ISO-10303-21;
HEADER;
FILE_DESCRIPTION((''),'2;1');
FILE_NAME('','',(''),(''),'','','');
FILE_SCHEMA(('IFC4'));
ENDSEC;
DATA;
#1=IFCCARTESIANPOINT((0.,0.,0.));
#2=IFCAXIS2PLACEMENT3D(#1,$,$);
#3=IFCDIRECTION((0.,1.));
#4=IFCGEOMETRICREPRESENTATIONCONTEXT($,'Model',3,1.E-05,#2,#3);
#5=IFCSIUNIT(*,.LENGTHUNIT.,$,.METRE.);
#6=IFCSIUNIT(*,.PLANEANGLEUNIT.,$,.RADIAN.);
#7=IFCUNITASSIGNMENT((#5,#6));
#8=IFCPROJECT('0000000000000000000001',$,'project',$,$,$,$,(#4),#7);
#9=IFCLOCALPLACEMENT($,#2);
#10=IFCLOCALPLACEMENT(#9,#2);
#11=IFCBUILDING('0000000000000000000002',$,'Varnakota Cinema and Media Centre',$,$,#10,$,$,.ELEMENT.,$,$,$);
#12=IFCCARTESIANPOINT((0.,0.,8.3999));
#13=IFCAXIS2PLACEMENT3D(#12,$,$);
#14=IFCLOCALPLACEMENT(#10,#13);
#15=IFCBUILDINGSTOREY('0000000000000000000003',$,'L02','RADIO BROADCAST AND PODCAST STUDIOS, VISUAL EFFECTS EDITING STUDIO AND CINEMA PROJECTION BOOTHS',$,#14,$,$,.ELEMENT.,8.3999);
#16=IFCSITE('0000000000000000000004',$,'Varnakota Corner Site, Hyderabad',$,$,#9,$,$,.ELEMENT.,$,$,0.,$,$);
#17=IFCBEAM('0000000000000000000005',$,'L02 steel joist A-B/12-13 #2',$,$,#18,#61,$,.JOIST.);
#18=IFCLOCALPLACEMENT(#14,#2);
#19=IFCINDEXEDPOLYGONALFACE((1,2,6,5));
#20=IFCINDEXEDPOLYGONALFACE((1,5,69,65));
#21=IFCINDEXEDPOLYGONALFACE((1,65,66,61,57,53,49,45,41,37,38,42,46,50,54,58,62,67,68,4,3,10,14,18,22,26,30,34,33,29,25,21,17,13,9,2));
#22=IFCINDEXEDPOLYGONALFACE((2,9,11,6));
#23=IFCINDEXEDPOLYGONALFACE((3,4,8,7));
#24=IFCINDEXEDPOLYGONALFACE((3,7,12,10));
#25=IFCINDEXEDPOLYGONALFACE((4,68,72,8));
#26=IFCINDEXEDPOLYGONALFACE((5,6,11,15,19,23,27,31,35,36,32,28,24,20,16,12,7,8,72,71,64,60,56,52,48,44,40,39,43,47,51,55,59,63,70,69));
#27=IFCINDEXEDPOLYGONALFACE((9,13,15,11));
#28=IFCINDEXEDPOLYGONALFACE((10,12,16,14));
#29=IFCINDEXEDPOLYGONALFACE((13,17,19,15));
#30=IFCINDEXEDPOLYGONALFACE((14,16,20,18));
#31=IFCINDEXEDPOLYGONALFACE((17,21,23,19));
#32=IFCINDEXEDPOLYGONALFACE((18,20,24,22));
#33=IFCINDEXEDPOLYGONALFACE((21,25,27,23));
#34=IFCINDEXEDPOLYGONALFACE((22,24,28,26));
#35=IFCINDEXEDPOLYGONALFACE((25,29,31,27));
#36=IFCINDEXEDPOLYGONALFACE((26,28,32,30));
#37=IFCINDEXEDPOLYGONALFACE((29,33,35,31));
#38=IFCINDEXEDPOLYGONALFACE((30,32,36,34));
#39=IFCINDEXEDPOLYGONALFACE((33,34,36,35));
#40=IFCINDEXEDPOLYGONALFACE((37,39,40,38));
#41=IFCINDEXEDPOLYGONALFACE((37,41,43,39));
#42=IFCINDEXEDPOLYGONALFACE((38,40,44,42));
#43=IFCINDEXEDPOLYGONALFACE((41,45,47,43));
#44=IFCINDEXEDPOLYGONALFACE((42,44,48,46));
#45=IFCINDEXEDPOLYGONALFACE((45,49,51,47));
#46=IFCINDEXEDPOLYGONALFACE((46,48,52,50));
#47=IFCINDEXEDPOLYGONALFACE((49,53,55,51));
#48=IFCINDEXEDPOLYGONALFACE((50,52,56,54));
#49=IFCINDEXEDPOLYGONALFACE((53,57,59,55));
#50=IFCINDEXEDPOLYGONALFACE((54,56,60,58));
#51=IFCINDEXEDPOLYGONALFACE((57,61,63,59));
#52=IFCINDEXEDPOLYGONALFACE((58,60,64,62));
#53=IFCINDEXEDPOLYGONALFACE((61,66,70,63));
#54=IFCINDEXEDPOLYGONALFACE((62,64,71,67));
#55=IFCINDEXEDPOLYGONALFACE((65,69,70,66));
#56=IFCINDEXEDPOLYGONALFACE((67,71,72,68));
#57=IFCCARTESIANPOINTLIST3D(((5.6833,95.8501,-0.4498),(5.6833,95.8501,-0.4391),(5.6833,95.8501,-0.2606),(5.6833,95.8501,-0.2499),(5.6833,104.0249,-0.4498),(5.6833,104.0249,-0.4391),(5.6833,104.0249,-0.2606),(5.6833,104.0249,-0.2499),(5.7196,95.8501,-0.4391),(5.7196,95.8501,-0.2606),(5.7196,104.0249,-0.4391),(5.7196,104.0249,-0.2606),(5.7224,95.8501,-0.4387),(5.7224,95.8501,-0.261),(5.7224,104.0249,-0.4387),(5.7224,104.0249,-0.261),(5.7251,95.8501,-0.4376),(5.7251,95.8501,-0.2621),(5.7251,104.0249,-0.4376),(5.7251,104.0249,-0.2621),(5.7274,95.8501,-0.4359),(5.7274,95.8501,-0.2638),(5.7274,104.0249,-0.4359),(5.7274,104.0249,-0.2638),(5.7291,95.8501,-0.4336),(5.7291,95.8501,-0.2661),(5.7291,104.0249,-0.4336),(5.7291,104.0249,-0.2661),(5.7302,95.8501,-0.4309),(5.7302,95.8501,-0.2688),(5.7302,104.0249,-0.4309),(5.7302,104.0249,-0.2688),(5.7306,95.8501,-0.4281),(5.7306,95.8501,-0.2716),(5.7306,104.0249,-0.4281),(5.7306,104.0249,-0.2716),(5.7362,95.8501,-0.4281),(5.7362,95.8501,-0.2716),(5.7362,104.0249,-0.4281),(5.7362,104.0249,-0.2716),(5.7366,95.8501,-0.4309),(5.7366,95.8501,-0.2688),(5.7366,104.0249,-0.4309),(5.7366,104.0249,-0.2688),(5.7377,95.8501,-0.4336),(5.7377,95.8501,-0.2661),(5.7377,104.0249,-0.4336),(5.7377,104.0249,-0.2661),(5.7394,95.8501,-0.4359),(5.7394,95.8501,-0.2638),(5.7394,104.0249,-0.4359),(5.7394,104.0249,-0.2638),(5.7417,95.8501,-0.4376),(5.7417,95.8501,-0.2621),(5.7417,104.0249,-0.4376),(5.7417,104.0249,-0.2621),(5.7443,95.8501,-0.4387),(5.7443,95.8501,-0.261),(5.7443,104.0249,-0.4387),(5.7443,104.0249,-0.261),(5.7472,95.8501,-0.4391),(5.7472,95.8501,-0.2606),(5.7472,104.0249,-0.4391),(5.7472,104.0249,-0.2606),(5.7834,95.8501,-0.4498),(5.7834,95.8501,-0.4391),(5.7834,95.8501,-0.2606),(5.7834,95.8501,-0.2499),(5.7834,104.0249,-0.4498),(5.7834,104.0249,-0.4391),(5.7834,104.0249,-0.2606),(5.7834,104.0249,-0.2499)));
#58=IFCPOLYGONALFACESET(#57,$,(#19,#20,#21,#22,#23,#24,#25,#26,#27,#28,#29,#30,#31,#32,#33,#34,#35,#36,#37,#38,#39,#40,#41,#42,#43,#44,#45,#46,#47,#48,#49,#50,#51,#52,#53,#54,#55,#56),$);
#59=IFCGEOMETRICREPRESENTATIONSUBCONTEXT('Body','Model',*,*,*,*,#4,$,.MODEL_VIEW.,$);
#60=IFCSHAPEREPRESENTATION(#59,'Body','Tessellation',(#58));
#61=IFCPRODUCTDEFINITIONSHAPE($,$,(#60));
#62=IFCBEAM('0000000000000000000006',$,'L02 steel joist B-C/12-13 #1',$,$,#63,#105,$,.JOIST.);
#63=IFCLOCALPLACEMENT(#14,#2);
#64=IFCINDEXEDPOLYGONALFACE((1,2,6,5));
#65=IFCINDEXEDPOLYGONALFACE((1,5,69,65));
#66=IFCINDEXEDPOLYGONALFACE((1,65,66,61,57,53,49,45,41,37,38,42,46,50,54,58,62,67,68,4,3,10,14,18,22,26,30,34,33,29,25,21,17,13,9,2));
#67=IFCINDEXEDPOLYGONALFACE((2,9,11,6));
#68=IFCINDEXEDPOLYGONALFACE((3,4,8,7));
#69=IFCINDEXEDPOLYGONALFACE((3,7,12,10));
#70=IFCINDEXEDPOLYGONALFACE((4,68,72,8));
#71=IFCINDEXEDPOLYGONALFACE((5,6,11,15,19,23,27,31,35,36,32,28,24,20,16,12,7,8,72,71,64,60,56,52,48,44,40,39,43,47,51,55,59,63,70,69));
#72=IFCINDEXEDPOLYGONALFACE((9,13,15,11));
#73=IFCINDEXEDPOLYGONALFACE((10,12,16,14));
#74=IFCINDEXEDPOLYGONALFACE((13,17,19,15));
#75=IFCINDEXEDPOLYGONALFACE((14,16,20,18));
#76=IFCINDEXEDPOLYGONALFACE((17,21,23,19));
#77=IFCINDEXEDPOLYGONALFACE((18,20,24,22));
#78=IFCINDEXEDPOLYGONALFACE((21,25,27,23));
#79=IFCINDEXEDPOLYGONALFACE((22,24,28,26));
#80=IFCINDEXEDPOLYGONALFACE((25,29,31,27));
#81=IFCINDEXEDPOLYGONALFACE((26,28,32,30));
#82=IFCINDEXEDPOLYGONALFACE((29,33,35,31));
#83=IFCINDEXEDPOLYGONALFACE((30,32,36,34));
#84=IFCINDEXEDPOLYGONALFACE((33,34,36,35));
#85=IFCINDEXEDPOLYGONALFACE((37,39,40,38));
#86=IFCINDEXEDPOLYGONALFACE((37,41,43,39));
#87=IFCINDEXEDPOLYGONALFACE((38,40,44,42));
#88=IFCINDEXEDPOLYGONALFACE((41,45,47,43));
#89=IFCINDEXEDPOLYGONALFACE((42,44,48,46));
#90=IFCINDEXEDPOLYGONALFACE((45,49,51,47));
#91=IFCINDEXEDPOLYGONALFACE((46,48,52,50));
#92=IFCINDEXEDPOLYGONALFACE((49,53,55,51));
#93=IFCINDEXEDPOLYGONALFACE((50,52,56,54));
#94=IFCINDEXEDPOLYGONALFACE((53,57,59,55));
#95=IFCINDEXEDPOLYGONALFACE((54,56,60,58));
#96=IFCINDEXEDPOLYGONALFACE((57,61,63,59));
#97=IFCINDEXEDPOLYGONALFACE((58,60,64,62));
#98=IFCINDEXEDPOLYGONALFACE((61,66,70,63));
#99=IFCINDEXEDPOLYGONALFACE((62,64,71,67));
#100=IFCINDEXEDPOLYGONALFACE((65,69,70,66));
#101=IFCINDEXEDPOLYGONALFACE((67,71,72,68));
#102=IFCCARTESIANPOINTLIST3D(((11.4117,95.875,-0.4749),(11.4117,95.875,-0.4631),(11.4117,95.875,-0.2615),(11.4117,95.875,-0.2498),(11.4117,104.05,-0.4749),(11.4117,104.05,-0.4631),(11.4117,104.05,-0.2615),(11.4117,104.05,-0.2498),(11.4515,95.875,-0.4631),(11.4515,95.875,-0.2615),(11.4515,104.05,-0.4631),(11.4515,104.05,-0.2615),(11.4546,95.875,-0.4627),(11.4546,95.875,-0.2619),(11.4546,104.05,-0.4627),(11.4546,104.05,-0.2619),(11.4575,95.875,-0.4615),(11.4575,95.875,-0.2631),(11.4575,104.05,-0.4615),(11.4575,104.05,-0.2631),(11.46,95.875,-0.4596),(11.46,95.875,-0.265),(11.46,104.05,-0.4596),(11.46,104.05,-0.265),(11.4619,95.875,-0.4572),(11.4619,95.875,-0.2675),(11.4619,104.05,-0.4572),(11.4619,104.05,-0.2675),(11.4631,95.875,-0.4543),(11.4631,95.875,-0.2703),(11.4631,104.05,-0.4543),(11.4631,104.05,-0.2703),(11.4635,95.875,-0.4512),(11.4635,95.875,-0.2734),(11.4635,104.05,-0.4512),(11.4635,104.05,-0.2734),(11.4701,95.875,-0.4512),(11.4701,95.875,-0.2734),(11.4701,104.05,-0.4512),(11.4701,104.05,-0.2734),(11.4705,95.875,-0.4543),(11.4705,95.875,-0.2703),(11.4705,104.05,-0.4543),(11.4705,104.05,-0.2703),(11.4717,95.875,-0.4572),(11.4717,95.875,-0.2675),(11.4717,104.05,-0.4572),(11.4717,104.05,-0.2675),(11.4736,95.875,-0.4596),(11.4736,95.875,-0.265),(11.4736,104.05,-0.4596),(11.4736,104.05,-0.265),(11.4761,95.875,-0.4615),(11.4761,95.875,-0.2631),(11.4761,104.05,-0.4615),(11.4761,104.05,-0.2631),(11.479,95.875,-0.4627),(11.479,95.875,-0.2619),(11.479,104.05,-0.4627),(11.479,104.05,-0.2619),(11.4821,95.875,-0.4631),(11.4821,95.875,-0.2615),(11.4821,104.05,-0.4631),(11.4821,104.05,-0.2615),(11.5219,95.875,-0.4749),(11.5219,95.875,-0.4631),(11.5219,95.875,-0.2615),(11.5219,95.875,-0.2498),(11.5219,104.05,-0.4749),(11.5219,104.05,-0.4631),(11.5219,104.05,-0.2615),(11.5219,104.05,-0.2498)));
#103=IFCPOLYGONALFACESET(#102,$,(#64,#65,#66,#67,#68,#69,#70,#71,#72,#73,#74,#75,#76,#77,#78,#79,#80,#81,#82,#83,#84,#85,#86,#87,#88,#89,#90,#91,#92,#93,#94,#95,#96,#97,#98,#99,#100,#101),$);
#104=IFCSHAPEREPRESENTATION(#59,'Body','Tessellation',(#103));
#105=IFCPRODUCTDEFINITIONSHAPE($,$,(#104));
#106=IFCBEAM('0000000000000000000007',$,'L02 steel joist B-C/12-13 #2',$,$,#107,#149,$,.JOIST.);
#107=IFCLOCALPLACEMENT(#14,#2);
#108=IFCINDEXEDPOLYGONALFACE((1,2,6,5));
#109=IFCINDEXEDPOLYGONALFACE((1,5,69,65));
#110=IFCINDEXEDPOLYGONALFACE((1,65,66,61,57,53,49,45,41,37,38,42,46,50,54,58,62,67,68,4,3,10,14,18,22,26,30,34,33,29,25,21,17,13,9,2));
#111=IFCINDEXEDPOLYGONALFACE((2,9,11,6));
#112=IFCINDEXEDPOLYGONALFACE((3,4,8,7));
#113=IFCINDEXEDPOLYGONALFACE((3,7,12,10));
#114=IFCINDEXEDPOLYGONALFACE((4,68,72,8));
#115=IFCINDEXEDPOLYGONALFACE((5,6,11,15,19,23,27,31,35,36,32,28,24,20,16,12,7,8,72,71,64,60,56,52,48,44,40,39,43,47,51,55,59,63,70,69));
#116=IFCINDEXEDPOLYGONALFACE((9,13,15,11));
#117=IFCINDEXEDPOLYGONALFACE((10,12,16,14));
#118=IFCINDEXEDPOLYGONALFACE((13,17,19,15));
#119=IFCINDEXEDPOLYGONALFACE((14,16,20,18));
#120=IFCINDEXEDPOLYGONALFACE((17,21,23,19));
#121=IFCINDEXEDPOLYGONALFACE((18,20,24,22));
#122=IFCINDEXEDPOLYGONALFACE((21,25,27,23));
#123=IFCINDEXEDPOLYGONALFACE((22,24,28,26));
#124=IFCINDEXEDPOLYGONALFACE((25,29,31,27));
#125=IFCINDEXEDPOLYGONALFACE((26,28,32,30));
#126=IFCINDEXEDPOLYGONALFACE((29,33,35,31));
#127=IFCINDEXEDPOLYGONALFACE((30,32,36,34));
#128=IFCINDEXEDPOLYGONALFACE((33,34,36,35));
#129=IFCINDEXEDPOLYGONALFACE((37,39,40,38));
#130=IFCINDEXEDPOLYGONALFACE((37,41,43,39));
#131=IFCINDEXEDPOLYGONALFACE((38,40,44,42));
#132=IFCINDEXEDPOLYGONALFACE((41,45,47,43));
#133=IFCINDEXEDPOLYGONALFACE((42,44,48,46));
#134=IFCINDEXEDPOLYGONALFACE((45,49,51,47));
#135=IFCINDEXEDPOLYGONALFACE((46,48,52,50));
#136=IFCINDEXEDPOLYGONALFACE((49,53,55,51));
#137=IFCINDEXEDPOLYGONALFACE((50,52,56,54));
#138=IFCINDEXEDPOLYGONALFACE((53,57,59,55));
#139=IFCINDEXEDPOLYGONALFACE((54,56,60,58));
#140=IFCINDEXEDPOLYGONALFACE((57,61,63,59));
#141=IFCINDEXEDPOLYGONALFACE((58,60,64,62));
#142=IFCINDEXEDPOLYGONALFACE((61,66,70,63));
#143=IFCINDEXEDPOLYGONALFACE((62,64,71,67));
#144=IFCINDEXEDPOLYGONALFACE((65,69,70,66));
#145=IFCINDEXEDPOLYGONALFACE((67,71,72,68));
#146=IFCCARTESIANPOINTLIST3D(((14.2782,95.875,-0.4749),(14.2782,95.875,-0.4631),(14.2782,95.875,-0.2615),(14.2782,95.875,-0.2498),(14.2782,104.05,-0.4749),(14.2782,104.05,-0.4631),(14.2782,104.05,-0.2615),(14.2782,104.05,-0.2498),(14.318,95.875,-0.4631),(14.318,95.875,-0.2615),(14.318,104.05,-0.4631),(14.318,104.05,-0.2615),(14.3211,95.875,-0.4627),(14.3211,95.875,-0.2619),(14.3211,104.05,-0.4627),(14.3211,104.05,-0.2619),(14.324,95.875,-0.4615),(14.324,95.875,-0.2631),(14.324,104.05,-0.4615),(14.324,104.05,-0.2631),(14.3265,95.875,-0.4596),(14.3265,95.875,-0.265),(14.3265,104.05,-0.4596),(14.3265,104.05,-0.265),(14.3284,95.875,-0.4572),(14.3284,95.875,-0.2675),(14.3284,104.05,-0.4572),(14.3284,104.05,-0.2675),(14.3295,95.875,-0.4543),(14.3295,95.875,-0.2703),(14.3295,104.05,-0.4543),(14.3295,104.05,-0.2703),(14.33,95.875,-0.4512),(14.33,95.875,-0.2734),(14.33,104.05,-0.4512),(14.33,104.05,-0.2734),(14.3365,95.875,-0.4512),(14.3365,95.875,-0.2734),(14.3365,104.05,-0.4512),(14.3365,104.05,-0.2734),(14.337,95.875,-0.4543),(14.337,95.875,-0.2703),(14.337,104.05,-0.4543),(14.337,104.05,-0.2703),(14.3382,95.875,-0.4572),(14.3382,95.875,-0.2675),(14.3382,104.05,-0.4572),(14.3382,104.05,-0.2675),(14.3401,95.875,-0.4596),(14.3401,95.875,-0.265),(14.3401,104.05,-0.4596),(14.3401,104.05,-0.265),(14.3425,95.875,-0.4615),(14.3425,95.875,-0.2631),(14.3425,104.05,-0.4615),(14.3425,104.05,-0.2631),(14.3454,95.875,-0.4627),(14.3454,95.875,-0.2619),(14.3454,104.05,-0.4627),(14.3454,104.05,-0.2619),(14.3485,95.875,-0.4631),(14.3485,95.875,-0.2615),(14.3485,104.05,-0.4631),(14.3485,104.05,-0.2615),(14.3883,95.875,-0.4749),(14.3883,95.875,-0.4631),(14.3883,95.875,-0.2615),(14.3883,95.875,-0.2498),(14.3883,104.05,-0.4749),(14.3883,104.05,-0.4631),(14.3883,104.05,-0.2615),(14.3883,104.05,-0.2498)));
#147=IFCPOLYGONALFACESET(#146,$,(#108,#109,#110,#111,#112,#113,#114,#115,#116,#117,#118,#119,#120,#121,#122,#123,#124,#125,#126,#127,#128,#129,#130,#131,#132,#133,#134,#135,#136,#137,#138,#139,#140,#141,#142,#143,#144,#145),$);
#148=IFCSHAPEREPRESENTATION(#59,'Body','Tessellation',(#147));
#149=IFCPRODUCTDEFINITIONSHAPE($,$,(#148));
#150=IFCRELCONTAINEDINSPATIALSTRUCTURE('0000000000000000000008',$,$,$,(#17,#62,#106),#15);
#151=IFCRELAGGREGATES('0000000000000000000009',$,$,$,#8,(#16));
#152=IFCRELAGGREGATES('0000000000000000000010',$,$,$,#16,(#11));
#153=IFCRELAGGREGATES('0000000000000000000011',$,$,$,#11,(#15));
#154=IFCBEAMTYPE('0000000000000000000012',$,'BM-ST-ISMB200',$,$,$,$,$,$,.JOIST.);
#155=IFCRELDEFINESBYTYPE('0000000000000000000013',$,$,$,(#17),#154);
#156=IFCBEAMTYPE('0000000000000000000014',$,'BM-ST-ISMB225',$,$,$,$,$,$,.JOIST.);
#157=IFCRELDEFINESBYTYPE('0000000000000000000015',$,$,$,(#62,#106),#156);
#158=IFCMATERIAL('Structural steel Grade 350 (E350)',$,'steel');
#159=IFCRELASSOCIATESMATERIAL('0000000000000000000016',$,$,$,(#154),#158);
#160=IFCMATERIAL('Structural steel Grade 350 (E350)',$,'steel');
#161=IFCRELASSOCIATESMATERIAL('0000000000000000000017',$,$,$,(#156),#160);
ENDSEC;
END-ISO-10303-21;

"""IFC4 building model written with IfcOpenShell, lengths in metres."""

from ifc_helpers import new_model, si_unit, direction, frame, origin, origin_2d, place, context, subcontext, project, spatial, i_section, extrude, material, material_profile, profile_set, type_object, element, save


model = new_model("IFC4")

# Units and contexts
model_context = context("Model", 3, precision=1e-05, world=origin(), true_north=direction((0.0, 1.0)))
body_context = subcontext(model_context, "Body", "Model", "MODEL_VIEW")
ifc_project = project(units=[si_unit("LENGTHUNIT", "METRE"), si_unit("PLANEANGLEUNIT", "RADIAN")], contexts=[model_context])

# Site, building, storey
site_placement = place(None, origin())
site = spatial("IfcSite", under=ifc_project, at=site_placement, Name="Varnakota Corner Site, Hyderabad", CompositionType="ELEMENT", RefElevation=0.0)
building_placement = place(site_placement, origin())
building = spatial("IfcBuilding", under=site, at=building_placement, Name="Varnakota Cinema and Media Centre", CompositionType="ELEMENT")
storey_placement = place(building_placement, frame((0.0, 0.0, 8.3999)))
storey = spatial("IfcBuildingStorey", under=building, at=storey_placement, Name="L02", Description="RADIO BROADCAST AND PODCAST STUDIOS, VISUAL EFFECTS EDITING STUDIO AND CINEMA PROJECTION BOOTHS", CompositionType="ELEMENT", Elevation=8.3999)

# Beams
ifc_material_1 = material(Name="Structural steel Grade 350 (E350)", Category="steel")
ifc_material_profile_1 = material_profile(ifc_material_1, i_section(OverallWidth=0.1001, OverallDepth=0.2, WebThickness=0.0056, FlangeThickness=0.0107, FilletRadius=0.011, at=origin_2d()), Name="ISMB 200")
ifc_profile_set_1 = profile_set([ifc_material_profile_1], Name="Structural steel Grade 350 (E350)")
beam_type_1 = type_object("IfcBeamType", Name="BM-ST-ISMB200", PredefinedType="JOIST", material=ifc_profile_set_1)
for number, where, z_axis, x_axis, name in (
    (1, (5.7334, 95.8501, -0.3499), (0.0, 1.0, 0.0), (-1.0, 0.0, 0.0), "L02 steel joist A-B/12-13 #2"),
):
    element("IfcBeam", number, at=place(storey_placement, frame(where, z_axis=z_axis, x_axis=x_axis)), inside=storey, type_object=beam_type_1, Name=name, PredefinedType="JOIST", context=body_context, shape_type="SweptSolid", body=[
        extrude(i_section(OverallWidth=0.1001, OverallDepth=0.2, WebThickness=0.0056, FlangeThickness=0.0107, FilletRadius=0.011, at=origin_2d()), origin(), (0.0, 0.0, 1.0), 8.1748),
    ])
ifc_material_2 = material(Name="Structural steel Grade 350 (E350)", Category="steel")
ifc_material_profile_2 = material_profile(ifc_material_2, i_section(OverallWidth=0.1101, OverallDepth=0.2251, WebThickness=0.0066, FlangeThickness=0.0117, FilletRadius=0.012, at=origin_2d()), Name="ISMB 225")
ifc_profile_set_2 = profile_set([ifc_material_profile_2], Name="Structural steel Grade 350 (E350)")
beam_type_2 = type_object("IfcBeamType", Name="BM-ST-ISMB225", PredefinedType="JOIST", material=ifc_profile_set_2)
for number, where, z_axis, x_axis, name in (
    (2, (11.4668, 95.875, -0.3623), (0.0, 1.0, 0.0), (-1.0, 0.0, 0.0), "L02 steel joist B-C/12-13 #1"),
    (3, (14.3333, 95.875, -0.3623), (0.0, 1.0, 0.0), (-1.0, 0.0, 0.0), "L02 steel joist B-C/12-13 #2"),
):
    element("IfcBeam", number, at=place(storey_placement, frame(where, z_axis=z_axis, x_axis=x_axis)), inside=storey, type_object=beam_type_2, Name=name, PredefinedType="JOIST", context=body_context, shape_type="SweptSolid", body=[
        extrude(i_section(OverallWidth=0.1101, OverallDepth=0.2251, WebThickness=0.0066, FlangeThickness=0.0117, FilletRadius=0.012, at=origin_2d()), origin(), (0.0, 0.0, 1.0), 8.175),
    ])

save(model, "model.ifc")
